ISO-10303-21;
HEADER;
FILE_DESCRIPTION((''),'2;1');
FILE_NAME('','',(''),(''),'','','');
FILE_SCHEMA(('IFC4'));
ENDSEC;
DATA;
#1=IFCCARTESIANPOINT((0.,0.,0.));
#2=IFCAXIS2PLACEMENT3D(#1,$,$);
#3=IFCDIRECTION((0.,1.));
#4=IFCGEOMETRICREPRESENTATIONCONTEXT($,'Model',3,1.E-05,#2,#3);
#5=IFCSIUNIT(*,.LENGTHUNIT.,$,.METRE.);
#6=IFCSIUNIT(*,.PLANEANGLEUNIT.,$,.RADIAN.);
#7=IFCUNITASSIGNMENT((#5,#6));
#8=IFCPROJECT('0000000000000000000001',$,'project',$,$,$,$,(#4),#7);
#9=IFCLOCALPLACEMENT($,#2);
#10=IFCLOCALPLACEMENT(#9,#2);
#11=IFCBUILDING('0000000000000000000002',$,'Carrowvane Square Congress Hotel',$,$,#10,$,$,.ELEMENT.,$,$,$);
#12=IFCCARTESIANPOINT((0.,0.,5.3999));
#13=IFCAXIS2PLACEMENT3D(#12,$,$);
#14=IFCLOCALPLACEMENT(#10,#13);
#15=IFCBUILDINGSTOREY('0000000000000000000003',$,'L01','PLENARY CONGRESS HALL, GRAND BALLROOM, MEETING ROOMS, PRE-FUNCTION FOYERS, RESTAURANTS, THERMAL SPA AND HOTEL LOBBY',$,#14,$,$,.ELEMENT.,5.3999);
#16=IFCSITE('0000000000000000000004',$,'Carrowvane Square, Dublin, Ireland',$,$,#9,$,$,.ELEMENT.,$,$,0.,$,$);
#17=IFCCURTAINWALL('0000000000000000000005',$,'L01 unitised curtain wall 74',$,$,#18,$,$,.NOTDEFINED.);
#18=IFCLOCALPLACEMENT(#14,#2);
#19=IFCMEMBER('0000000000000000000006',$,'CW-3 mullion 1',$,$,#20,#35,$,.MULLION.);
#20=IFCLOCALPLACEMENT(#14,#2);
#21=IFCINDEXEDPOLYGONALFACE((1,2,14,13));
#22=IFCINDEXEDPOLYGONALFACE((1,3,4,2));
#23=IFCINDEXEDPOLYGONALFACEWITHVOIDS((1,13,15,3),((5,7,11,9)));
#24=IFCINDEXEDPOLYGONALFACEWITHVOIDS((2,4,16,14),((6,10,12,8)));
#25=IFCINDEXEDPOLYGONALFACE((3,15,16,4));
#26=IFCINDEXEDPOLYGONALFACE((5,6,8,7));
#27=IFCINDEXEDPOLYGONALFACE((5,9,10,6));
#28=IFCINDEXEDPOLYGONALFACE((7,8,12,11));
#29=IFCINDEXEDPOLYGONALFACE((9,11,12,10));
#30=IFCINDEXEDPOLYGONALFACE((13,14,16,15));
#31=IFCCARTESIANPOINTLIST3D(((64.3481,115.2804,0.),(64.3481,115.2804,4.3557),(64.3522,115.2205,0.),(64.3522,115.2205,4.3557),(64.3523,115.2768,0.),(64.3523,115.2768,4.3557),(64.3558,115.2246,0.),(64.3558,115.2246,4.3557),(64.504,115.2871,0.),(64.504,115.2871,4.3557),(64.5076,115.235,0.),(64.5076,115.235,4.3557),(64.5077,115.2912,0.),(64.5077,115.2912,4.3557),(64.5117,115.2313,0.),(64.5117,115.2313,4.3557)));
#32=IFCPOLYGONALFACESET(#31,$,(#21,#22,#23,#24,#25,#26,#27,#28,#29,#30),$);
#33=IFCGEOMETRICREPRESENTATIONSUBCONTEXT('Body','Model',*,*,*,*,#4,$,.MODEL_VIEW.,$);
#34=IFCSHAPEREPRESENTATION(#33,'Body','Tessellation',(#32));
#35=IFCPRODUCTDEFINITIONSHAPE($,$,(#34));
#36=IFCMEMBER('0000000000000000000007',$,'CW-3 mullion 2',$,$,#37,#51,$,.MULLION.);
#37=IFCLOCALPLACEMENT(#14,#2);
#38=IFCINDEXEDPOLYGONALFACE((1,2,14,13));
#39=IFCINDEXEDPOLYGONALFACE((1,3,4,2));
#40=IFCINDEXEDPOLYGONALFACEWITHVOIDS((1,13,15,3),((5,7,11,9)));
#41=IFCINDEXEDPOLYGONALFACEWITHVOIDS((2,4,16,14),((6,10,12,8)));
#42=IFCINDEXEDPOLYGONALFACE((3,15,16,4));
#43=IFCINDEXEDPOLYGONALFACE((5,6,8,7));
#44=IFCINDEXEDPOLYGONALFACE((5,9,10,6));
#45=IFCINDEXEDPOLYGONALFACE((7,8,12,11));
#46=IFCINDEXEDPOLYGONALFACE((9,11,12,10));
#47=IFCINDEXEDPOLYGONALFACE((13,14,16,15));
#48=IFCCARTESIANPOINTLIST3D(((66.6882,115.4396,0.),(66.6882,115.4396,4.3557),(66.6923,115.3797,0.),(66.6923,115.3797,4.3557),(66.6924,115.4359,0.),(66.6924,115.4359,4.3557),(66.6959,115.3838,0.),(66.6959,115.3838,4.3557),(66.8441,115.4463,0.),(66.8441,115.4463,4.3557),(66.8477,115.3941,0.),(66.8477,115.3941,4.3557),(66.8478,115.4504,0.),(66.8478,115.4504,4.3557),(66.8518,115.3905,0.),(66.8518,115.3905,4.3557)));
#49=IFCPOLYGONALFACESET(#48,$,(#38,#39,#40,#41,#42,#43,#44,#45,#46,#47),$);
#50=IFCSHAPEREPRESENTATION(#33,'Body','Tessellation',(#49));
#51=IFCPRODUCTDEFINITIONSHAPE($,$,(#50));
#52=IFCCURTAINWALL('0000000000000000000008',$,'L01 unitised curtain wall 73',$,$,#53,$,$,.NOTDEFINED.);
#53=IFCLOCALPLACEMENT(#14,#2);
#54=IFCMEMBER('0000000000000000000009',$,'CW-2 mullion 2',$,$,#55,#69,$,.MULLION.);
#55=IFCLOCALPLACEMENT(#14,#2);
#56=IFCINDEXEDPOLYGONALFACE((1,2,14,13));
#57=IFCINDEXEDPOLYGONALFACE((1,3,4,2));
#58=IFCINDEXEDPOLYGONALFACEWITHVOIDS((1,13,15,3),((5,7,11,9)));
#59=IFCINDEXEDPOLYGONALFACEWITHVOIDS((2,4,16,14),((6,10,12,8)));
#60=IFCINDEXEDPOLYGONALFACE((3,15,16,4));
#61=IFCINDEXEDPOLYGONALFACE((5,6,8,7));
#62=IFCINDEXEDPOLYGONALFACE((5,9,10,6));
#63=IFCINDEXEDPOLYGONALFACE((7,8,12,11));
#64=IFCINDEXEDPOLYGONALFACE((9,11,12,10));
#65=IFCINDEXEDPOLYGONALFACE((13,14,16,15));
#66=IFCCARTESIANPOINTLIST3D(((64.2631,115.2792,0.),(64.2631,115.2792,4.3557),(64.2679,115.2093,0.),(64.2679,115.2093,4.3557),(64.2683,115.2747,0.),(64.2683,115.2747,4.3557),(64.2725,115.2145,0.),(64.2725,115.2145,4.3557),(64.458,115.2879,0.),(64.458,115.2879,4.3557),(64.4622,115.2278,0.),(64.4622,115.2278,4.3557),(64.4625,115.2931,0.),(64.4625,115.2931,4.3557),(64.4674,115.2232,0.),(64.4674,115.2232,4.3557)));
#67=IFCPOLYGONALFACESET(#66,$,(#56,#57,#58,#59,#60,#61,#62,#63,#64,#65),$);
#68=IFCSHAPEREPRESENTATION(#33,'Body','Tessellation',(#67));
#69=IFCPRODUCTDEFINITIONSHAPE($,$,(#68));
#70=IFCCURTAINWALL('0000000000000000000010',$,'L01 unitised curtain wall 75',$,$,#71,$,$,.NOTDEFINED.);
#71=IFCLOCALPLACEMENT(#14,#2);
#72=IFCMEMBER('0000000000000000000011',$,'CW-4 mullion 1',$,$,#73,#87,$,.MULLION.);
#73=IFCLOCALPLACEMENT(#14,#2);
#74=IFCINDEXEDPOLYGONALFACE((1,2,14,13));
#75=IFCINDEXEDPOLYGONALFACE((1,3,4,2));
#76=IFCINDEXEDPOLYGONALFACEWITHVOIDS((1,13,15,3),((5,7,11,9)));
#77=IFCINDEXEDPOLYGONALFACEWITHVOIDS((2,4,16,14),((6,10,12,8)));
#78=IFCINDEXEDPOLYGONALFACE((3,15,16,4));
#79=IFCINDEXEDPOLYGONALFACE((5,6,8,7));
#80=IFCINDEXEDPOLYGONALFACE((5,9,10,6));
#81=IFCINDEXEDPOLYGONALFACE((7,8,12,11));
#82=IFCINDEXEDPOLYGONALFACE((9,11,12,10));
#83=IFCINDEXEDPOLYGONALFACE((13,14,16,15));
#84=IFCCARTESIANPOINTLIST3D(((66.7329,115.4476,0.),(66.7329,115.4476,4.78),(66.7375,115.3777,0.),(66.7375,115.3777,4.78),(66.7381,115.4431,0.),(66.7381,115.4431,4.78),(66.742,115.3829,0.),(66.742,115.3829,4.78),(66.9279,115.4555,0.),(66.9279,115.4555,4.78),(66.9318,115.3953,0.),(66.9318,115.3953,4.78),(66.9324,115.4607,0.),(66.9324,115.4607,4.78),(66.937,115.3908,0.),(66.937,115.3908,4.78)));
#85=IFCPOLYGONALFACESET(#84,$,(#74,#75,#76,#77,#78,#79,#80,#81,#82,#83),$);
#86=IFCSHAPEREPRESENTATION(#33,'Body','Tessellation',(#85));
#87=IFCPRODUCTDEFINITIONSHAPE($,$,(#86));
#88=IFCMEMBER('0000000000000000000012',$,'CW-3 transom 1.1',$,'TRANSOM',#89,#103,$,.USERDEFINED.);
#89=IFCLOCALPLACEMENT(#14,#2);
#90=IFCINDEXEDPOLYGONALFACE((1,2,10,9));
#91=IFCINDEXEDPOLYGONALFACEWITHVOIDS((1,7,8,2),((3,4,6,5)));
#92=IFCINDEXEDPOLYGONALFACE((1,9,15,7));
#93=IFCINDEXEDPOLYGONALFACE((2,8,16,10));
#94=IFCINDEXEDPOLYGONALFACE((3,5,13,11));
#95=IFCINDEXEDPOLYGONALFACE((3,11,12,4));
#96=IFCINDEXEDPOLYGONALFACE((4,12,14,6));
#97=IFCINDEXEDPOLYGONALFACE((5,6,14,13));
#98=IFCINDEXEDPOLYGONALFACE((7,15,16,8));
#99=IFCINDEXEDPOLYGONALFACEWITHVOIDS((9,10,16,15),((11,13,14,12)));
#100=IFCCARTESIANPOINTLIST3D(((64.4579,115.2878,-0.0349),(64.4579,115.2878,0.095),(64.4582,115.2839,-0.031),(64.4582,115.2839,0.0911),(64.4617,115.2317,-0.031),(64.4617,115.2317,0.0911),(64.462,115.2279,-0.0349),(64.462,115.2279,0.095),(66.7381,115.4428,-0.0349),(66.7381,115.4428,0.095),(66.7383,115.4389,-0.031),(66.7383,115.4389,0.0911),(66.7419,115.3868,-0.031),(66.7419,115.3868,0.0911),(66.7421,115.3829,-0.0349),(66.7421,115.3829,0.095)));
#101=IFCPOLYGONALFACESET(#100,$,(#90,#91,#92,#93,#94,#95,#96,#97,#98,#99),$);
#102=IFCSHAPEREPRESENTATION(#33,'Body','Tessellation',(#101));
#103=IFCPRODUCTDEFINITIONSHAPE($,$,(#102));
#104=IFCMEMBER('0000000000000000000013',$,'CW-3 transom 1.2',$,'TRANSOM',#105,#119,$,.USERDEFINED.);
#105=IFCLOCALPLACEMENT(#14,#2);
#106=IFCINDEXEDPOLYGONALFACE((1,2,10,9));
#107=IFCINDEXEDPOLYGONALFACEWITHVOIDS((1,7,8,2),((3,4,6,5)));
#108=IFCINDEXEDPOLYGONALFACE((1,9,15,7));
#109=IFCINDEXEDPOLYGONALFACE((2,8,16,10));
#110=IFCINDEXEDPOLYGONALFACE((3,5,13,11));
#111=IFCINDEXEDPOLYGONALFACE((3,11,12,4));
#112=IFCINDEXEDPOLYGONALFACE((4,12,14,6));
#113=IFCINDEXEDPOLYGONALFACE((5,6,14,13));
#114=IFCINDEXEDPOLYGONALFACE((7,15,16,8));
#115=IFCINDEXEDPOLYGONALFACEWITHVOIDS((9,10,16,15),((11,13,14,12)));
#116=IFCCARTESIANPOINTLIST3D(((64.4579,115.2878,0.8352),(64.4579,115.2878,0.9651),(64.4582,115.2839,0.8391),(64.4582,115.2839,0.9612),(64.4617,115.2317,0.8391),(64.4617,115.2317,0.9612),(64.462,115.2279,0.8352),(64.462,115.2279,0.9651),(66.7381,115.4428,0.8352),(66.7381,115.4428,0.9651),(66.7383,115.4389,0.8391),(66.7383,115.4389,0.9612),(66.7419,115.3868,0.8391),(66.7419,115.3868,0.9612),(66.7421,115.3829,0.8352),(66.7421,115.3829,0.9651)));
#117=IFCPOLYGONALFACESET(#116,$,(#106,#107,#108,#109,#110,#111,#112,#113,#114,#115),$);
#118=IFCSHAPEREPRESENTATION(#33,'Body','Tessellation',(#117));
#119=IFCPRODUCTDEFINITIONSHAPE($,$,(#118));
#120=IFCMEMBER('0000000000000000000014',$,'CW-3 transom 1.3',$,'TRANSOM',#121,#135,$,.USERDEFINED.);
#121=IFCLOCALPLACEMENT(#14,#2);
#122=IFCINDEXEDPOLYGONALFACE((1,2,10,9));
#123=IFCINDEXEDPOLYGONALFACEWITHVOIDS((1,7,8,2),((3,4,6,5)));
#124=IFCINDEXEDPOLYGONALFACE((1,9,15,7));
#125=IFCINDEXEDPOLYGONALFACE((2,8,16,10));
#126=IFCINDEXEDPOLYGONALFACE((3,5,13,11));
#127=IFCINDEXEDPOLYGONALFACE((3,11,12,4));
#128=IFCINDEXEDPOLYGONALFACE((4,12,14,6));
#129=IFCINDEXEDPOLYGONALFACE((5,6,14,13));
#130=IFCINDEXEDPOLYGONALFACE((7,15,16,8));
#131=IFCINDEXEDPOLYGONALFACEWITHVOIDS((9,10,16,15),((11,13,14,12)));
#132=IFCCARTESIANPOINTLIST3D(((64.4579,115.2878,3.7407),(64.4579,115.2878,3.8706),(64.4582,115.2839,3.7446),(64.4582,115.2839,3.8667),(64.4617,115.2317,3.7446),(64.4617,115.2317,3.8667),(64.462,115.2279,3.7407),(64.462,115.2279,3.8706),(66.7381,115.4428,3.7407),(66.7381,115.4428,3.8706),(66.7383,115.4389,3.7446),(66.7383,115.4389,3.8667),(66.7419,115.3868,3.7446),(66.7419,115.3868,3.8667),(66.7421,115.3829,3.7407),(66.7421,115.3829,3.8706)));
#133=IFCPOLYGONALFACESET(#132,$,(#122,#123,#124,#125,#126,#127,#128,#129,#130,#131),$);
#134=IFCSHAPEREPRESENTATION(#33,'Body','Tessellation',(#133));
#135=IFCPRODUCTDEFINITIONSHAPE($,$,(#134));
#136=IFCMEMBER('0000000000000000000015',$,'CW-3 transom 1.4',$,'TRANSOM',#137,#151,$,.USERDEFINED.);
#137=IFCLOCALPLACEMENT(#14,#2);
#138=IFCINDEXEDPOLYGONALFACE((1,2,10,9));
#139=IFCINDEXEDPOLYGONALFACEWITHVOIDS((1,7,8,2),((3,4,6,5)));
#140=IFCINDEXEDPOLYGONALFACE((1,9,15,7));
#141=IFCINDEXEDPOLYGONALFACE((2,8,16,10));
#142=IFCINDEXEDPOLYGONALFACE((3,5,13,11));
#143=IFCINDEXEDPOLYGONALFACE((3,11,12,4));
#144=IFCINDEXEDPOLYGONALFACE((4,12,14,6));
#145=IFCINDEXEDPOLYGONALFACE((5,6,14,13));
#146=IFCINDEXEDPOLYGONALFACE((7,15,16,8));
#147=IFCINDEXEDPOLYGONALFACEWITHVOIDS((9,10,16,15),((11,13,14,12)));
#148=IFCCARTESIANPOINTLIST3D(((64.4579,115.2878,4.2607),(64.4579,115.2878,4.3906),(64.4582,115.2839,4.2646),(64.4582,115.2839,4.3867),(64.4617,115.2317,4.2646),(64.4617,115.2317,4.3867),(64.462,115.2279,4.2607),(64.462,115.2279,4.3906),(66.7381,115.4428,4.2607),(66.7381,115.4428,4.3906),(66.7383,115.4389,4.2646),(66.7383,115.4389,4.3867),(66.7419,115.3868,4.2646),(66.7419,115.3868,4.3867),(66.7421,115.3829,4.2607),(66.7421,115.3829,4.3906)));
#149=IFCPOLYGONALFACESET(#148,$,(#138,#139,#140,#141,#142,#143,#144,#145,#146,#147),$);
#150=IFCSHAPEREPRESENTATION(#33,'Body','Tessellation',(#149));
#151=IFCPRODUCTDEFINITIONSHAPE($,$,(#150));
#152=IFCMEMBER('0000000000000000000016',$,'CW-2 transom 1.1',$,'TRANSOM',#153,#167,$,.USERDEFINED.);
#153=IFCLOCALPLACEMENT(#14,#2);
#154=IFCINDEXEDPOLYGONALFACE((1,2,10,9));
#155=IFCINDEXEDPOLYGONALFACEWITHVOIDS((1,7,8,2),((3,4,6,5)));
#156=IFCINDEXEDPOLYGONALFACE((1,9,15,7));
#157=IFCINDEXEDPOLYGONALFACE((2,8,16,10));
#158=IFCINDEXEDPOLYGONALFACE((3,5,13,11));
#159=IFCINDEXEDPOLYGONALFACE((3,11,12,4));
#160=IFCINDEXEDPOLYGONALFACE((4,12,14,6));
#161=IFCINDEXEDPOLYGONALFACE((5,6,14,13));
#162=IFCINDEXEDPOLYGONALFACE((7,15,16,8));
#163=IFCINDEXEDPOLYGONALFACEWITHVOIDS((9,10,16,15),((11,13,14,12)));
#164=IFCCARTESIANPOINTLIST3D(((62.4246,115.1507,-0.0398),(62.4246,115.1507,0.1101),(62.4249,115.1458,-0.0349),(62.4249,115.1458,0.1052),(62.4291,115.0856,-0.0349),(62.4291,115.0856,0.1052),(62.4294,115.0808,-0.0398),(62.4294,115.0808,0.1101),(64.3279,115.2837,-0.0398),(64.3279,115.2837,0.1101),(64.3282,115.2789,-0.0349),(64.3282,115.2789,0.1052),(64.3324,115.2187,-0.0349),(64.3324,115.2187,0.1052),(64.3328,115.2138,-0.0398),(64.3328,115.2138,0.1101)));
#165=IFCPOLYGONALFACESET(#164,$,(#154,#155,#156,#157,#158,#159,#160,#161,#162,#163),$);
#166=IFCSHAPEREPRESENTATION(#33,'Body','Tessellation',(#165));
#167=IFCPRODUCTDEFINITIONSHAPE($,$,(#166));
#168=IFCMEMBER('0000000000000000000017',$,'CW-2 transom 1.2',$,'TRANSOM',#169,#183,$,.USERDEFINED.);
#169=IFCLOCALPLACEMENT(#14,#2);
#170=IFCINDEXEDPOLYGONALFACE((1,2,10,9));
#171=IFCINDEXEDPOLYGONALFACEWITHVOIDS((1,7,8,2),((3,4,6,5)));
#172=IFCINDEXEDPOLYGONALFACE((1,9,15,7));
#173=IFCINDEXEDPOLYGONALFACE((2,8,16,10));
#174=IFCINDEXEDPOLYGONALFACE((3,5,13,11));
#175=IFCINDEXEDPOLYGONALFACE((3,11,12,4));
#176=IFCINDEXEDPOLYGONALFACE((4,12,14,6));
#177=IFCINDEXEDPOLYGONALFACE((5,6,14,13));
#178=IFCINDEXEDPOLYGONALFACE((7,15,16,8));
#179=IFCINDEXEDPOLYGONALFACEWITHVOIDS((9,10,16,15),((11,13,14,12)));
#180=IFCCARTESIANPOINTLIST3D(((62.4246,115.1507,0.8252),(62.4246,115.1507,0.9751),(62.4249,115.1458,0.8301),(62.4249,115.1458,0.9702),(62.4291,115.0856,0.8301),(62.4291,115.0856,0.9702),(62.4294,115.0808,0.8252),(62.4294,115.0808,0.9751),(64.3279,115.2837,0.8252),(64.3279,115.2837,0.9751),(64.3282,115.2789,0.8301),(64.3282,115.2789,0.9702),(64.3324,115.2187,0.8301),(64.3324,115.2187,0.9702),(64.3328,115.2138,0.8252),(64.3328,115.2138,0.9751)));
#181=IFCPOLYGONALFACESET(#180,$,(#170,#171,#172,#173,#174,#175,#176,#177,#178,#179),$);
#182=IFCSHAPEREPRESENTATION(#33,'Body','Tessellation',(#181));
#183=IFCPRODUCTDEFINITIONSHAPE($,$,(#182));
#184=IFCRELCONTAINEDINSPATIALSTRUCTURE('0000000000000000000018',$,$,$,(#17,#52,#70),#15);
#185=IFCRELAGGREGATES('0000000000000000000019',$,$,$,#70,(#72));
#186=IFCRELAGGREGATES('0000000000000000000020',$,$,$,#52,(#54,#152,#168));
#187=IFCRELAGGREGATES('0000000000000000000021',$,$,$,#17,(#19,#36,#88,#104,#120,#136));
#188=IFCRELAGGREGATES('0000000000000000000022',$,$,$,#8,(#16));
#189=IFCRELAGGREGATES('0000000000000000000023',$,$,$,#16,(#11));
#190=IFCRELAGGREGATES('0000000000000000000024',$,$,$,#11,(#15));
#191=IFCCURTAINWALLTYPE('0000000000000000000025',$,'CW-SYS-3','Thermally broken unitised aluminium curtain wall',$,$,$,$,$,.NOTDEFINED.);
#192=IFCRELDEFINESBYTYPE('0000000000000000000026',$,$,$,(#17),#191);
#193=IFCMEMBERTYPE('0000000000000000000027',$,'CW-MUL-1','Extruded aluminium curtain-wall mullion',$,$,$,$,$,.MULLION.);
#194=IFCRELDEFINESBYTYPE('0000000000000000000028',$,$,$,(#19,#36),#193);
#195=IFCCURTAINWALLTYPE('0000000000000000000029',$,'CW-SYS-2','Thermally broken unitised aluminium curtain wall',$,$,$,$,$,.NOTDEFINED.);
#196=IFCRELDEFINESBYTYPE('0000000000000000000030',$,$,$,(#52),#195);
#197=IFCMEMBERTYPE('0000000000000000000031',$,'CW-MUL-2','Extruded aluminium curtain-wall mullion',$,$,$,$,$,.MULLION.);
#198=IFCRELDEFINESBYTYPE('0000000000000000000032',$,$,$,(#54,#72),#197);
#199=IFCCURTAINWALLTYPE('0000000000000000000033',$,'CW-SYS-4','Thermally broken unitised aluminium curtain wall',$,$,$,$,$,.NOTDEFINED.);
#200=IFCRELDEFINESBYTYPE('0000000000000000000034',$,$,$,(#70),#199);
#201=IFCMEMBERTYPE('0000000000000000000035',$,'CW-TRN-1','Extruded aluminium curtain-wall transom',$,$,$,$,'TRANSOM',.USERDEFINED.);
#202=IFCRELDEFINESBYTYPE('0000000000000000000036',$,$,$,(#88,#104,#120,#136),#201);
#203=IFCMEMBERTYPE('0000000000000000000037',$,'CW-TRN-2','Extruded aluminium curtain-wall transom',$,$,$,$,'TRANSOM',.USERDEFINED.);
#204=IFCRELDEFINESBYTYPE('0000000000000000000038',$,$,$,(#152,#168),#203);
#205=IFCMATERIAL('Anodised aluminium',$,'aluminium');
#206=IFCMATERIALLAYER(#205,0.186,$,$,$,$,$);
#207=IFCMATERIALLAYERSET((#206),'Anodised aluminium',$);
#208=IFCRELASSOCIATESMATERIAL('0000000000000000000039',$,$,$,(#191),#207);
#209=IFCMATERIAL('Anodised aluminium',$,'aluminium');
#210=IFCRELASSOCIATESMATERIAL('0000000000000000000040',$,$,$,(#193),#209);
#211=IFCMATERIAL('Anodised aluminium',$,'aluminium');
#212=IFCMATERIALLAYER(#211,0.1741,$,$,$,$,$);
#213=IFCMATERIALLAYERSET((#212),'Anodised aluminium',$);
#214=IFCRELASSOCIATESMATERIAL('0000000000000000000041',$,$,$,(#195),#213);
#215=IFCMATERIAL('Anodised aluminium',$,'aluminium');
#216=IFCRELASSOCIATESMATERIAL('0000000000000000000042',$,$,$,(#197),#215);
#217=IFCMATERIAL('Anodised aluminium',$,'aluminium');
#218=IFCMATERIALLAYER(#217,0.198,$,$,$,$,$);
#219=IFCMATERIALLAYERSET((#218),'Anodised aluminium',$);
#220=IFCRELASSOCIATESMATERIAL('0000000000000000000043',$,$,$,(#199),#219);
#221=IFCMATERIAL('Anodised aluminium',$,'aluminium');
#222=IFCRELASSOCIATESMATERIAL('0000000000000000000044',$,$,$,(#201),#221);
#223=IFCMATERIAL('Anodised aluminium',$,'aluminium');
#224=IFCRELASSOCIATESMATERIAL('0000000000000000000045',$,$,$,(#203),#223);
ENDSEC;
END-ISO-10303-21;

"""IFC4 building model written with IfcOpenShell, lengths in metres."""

from ifc_helpers import new_model, si_unit, direction, frame, origin, origin_2d, place, context, subcontext, project, spatial, hollow_rectangle, extrude, material, layer, layer_set, material_profile, profile_set, type_object, element, aggregate, save


model = new_model("IFC4")

# Units and contexts
model_context = context("Model", 3, precision=1e-05, world=origin(), true_north=direction((0.0, 1.0)))
body_context = subcontext(model_context, "Body", "Model", "MODEL_VIEW")
ifc_project = project(units=[si_unit("LENGTHUNIT", "METRE"), si_unit("PLANEANGLEUNIT", "RADIAN")], contexts=[model_context])

# Site, building, storey
site_placement = place(None, origin())
site = spatial("IfcSite", under=ifc_project, at=site_placement, Name="Carrowvane Square, Dublin, Ireland", CompositionType="ELEMENT", RefElevation=0.0)
building_placement = place(site_placement, origin())
building = spatial("IfcBuilding", under=site, at=building_placement, Name="Carrowvane Square Congress Hotel", CompositionType="ELEMENT")
storey_placement = place(building_placement, frame((0.0, 0.0, 5.3999)))
storey = spatial("IfcBuildingStorey", under=building, at=storey_placement, Name="L01", Description="PLENARY CONGRESS HALL, GRAND BALLROOM, MEETING ROOMS, PRE-FUNCTION FOYERS, RESTAURANTS, THERMAL SPA AND HOTEL LOBBY", CompositionType="ELEMENT", Elevation=5.3999)

# Curtain wall, members
ifc_material_1 = material(Name="Anodised aluminium", Category="aluminium")
ifc_layer_1 = layer(ifc_material_1, 0.186)
ifc_layer_set_1 = layer_set([ifc_layer_1], Name="Anodised aluminium")
curtain_wall_type_1 = type_object("IfcCurtainWallType", Name="CW-SYS-3", Description="Thermally broken unitised aluminium curtain wall", PredefinedType="NOTDEFINED", material=ifc_layer_set_1)
curtain_wall_1_placement = place(storey_placement, origin())
curtain_wall_1 = element("IfcCurtainWall", 1, at=curtain_wall_1_placement, inside=storey, type_object=curtain_wall_type_1, Name="L01 unitised curtain wall 74", PredefinedType="NOTDEFINED")
ifc_material_2 = material(Name="Anodised aluminium", Category="aluminium")
ifc_material_profile_1 = material_profile(ifc_material_2, hollow_rectangle(XDim=0.0601, YDim=0.1599, WallThickness=0.0039, at=origin_2d()), Name="CW-ML 60x160x4")
ifc_profile_set_1 = profile_set([ifc_material_profile_1], Name="Anodised aluminium")
member_type_1 = type_object("IfcMemberType", Name="CW-MUL-1", Description="Extruded aluminium curtain-wall mullion", PredefinedType="MULLION", material=ifc_profile_set_1)
member_1_placement = place(storey_placement, frame((64.4299, 115.2559, 0.0), z_axis=(0.0, 0.0, 1.0), x_axis=(-0.067865, 0.997694, 0.0)))
member_1 = element("IfcMember", 2, at=member_1_placement, type_object=member_type_1, Name="CW-3 mullion 1", PredefinedType="MULLION", context=body_context, shape_type="SweptSolid", body=[
    extrude(hollow_rectangle(XDim=0.0601, YDim=0.1599, WallThickness=0.0039, at=origin_2d()), origin(), (0.0, 0.0, 1.0), 4.3557),
])
member_2_placement = place(storey_placement, frame((66.77, 115.415, 0.0), z_axis=(0.0, 0.0, 1.0), x_axis=(-0.067865, 0.997694, 0.0)))
member_2 = element("IfcMember", 3, at=member_2_placement, type_object=member_type_1, Name="CW-3 mullion 2", PredefinedType="MULLION", context=body_context, shape_type="SweptSolid", body=[
    extrude(hollow_rectangle(XDim=0.0601, YDim=0.1599, WallThickness=0.0039, at=origin_2d()), origin(), (0.0, 0.0, 1.0), 4.3557),
])

# Curtain walls, members
ifc_material_3 = material(Name="Anodised aluminium", Category="aluminium")
ifc_layer_2 = layer(ifc_material_3, 0.1741)
ifc_layer_set_2 = layer_set([ifc_layer_2], Name="Anodised aluminium")
curtain_wall_type_2 = type_object("IfcCurtainWallType", Name="CW-SYS-2", Description="Thermally broken unitised aluminium curtain wall", PredefinedType="NOTDEFINED", material=ifc_layer_set_2)
curtain_wall_2_placement = place(storey_placement, origin())
curtain_wall_2 = element("IfcCurtainWall", 4, at=curtain_wall_2_placement, inside=storey, type_object=curtain_wall_type_2, Name="L01 unitised curtain wall 73", PredefinedType="NOTDEFINED")
ifc_material_4 = material(Name="Anodised aluminium", Category="aluminium")
ifc_material_profile_2 = material_profile(ifc_material_4, hollow_rectangle(XDim=0.0701, YDim=0.2, WallThickness=0.0049, at=origin_2d()), Name="CW-ML 70x200x5")
ifc_profile_set_2 = profile_set([ifc_material_profile_2], Name="Anodised aluminium")
member_type_2 = type_object("IfcMemberType", Name="CW-MUL-2", Description="Extruded aluminium curtain-wall mullion", PredefinedType="MULLION", material=ifc_profile_set_2)
member_3_placement = place(storey_placement, frame((64.3652, 115.2512, 0.0), z_axis=(0.0, 0.0, 1.0), x_axis=(-0.069724, 0.997566, 0.0)))
member_3 = element("IfcMember", 5, at=member_3_placement, type_object=member_type_2, Name="CW-2 mullion 2", PredefinedType="MULLION", context=body_context, shape_type="SweptSolid", body=[
    extrude(hollow_rectangle(XDim=0.0701, YDim=0.2, WallThickness=0.0049, at=origin_2d()), origin(), (0.0, 0.0, 1.0), 4.3557),
])
ifc_material_5 = material(Name="Anodised aluminium", Category="aluminium")
ifc_layer_3 = layer(ifc_material_5, 0.198)
ifc_layer_set_3 = layer_set([ifc_layer_3], Name="Anodised aluminium")
curtain_wall_type_3 = type_object("IfcCurtainWallType", Name="CW-SYS-4", Description="Thermally broken unitised aluminium curtain wall", PredefinedType="NOTDEFINED", material=ifc_layer_set_3)
curtain_wall_3_placement = place(storey_placement, origin())
curtain_wall_3 = element("IfcCurtainWall", 6, at=curtain_wall_3_placement, inside=storey, type_object=curtain_wall_type_3, Name="L01 unitised curtain wall 75", PredefinedType="NOTDEFINED")
member_4_placement = place(storey_placement, frame((66.835, 115.4192, 0.0), z_axis=(0.0, 0.0, 1.0), x_axis=(-0.065412, 0.997858, 0.0)))
member_4 = element("IfcMember", 7, at=member_4_placement, type_object=member_type_2, Name="CW-4 mullion 1", PredefinedType="MULLION", context=body_context, shape_type="SweptSolid", body=[
    extrude(hollow_rectangle(XDim=0.0701, YDim=0.2, WallThickness=0.0049, at=origin_2d()), origin(), (0.0, 0.0, 1.0), 4.78),
])

# Members
ifc_material_6 = material(Name="Anodised aluminium", Category="aluminium")
ifc_material_profile_3 = material_profile(ifc_material_6, hollow_rectangle(XDim=0.0601, YDim=0.1299, WallThickness=0.0039, at=origin_2d()), Name="CW-TR 60x130x4")
ifc_profile_set_3 = profile_set([ifc_material_profile_3], Name="Anodised aluminium")
member_type_3 = type_object("IfcMemberType", Name="CW-TRN-1", Description="Extruded aluminium curtain-wall transom", ElementType="TRANSOM", PredefinedType="USERDEFINED", material=ifc_profile_set_3)
member_5_placement = place(storey_placement, frame((64.46, 115.2578, 0.03), z_axis=(0.997696, 0.067838, 0.0), x_axis=(-0.067838, 0.997696, 0.0)))
member_5 = element("IfcMember", 8, at=member_5_placement, type_object=member_type_3, Name="CW-3 transom 1.1", ObjectType="TRANSOM", PredefinedType="USERDEFINED", context=body_context, shape_type="SweptSolid", body=[
    extrude(hollow_rectangle(XDim=0.0601, YDim=0.1299, WallThickness=0.0039, at=origin_2d()), origin(), (0.0, 0.0, 1.0), 2.2854),
])
member_6_placement = place(storey_placement, frame((64.46, 115.2578, 0.9001), z_axis=(0.997696, 0.067838, 0.0), x_axis=(-0.067838, 0.997696, 0.0)))
member_6 = element("IfcMember", 9, at=member_6_placement, type_object=member_type_3, Name="CW-3 transom 1.2", ObjectType="TRANSOM", PredefinedType="USERDEFINED", context=body_context, shape_type="SweptSolid", body=[
    extrude(hollow_rectangle(XDim=0.0601, YDim=0.1299, WallThickness=0.0039, at=origin_2d()), origin(), (0.0, 0.0, 1.0), 2.2854),
])
member_7_placement = place(storey_placement, frame((64.46, 115.2578, 3.8057), z_axis=(0.997696, 0.067838, 0.0), x_axis=(-0.067838, 0.997696, 0.0)))
member_7 = element("IfcMember", 10, at=member_7_placement, type_object=member_type_3, Name="CW-3 transom 1.3", ObjectType="TRANSOM", PredefinedType="USERDEFINED", context=body_context, shape_type="SweptSolid", body=[
    extrude(hollow_rectangle(XDim=0.0601, YDim=0.1299, WallThickness=0.0039, at=origin_2d()), origin(), (0.0, 0.0, 1.0), 2.2854),
])
member_8_placement = place(storey_placement, frame((64.46, 115.2578, 4.3257), z_axis=(0.997696, 0.067838, 0.0), x_axis=(-0.067838, 0.997696, 0.0)))
member_8 = element("IfcMember", 11, at=member_8_placement, type_object=member_type_3, Name="CW-3 transom 1.4", ObjectType="TRANSOM", PredefinedType="USERDEFINED", context=body_context, shape_type="SweptSolid", body=[
    extrude(hollow_rectangle(XDim=0.0601, YDim=0.1299, WallThickness=0.0039, at=origin_2d()), origin(), (0.0, 0.0, 1.0), 2.2854),
])
ifc_material_7 = material(Name="Anodised aluminium", Category="aluminium")
ifc_material_profile_4 = material_profile(ifc_material_7, hollow_rectangle(XDim=0.0701, YDim=0.1499, WallThickness=0.0049, at=origin_2d()), Name="CW-TR 70x150x5")
ifc_profile_set_4 = profile_set([ifc_material_profile_4], Name="Anodised aluminium")
member_type_4 = type_object("IfcMemberType", Name="CW-TRN-2", Description="Extruded aluminium curtain-wall transom", ElementType="TRANSOM", PredefinedType="USERDEFINED", material=ifc_profile_set_4)
member_9_placement = place(storey_placement, frame((62.427, 115.1157, 0.0352), z_axis=(0.997565, 0.069737, 0.0), x_axis=(-0.069737, 0.997565, 0.0)))
member_9 = element("IfcMember", 12, at=member_9_placement, type_object=member_type_4, Name="CW-2 transom 1.1", ObjectType="TRANSOM", PredefinedType="USERDEFINED", context=body_context, shape_type="SweptSolid", body=[
    extrude(hollow_rectangle(XDim=0.0701, YDim=0.1499, WallThickness=0.0049, at=origin_2d()), origin(), (0.0, 0.0, 1.0), 1.908),
])
member_10_placement = place(storey_placement, frame((62.427, 115.1157, 0.9001), z_axis=(0.997565, 0.069737, 0.0), x_axis=(-0.069737, 0.997565, 0.0)))
member_10 = element("IfcMember", 13, at=member_10_placement, type_object=member_type_4, Name="CW-2 transom 1.2", ObjectType="TRANSOM", PredefinedType="USERDEFINED", context=body_context, shape_type="SweptSolid", body=[
    extrude(hollow_rectangle(XDim=0.0701, YDim=0.1499, WallThickness=0.0049, at=origin_2d()), origin(), (0.0, 0.0, 1.0), 1.908),
])
aggregate(curtain_wall_3, [member_4])

aggregate(curtain_wall_2, [member_3, member_9, member_10])
aggregate(curtain_wall_1, [member_1, member_2, member_5, member_6, member_7, member_8])

save(model, "model.ifc")
